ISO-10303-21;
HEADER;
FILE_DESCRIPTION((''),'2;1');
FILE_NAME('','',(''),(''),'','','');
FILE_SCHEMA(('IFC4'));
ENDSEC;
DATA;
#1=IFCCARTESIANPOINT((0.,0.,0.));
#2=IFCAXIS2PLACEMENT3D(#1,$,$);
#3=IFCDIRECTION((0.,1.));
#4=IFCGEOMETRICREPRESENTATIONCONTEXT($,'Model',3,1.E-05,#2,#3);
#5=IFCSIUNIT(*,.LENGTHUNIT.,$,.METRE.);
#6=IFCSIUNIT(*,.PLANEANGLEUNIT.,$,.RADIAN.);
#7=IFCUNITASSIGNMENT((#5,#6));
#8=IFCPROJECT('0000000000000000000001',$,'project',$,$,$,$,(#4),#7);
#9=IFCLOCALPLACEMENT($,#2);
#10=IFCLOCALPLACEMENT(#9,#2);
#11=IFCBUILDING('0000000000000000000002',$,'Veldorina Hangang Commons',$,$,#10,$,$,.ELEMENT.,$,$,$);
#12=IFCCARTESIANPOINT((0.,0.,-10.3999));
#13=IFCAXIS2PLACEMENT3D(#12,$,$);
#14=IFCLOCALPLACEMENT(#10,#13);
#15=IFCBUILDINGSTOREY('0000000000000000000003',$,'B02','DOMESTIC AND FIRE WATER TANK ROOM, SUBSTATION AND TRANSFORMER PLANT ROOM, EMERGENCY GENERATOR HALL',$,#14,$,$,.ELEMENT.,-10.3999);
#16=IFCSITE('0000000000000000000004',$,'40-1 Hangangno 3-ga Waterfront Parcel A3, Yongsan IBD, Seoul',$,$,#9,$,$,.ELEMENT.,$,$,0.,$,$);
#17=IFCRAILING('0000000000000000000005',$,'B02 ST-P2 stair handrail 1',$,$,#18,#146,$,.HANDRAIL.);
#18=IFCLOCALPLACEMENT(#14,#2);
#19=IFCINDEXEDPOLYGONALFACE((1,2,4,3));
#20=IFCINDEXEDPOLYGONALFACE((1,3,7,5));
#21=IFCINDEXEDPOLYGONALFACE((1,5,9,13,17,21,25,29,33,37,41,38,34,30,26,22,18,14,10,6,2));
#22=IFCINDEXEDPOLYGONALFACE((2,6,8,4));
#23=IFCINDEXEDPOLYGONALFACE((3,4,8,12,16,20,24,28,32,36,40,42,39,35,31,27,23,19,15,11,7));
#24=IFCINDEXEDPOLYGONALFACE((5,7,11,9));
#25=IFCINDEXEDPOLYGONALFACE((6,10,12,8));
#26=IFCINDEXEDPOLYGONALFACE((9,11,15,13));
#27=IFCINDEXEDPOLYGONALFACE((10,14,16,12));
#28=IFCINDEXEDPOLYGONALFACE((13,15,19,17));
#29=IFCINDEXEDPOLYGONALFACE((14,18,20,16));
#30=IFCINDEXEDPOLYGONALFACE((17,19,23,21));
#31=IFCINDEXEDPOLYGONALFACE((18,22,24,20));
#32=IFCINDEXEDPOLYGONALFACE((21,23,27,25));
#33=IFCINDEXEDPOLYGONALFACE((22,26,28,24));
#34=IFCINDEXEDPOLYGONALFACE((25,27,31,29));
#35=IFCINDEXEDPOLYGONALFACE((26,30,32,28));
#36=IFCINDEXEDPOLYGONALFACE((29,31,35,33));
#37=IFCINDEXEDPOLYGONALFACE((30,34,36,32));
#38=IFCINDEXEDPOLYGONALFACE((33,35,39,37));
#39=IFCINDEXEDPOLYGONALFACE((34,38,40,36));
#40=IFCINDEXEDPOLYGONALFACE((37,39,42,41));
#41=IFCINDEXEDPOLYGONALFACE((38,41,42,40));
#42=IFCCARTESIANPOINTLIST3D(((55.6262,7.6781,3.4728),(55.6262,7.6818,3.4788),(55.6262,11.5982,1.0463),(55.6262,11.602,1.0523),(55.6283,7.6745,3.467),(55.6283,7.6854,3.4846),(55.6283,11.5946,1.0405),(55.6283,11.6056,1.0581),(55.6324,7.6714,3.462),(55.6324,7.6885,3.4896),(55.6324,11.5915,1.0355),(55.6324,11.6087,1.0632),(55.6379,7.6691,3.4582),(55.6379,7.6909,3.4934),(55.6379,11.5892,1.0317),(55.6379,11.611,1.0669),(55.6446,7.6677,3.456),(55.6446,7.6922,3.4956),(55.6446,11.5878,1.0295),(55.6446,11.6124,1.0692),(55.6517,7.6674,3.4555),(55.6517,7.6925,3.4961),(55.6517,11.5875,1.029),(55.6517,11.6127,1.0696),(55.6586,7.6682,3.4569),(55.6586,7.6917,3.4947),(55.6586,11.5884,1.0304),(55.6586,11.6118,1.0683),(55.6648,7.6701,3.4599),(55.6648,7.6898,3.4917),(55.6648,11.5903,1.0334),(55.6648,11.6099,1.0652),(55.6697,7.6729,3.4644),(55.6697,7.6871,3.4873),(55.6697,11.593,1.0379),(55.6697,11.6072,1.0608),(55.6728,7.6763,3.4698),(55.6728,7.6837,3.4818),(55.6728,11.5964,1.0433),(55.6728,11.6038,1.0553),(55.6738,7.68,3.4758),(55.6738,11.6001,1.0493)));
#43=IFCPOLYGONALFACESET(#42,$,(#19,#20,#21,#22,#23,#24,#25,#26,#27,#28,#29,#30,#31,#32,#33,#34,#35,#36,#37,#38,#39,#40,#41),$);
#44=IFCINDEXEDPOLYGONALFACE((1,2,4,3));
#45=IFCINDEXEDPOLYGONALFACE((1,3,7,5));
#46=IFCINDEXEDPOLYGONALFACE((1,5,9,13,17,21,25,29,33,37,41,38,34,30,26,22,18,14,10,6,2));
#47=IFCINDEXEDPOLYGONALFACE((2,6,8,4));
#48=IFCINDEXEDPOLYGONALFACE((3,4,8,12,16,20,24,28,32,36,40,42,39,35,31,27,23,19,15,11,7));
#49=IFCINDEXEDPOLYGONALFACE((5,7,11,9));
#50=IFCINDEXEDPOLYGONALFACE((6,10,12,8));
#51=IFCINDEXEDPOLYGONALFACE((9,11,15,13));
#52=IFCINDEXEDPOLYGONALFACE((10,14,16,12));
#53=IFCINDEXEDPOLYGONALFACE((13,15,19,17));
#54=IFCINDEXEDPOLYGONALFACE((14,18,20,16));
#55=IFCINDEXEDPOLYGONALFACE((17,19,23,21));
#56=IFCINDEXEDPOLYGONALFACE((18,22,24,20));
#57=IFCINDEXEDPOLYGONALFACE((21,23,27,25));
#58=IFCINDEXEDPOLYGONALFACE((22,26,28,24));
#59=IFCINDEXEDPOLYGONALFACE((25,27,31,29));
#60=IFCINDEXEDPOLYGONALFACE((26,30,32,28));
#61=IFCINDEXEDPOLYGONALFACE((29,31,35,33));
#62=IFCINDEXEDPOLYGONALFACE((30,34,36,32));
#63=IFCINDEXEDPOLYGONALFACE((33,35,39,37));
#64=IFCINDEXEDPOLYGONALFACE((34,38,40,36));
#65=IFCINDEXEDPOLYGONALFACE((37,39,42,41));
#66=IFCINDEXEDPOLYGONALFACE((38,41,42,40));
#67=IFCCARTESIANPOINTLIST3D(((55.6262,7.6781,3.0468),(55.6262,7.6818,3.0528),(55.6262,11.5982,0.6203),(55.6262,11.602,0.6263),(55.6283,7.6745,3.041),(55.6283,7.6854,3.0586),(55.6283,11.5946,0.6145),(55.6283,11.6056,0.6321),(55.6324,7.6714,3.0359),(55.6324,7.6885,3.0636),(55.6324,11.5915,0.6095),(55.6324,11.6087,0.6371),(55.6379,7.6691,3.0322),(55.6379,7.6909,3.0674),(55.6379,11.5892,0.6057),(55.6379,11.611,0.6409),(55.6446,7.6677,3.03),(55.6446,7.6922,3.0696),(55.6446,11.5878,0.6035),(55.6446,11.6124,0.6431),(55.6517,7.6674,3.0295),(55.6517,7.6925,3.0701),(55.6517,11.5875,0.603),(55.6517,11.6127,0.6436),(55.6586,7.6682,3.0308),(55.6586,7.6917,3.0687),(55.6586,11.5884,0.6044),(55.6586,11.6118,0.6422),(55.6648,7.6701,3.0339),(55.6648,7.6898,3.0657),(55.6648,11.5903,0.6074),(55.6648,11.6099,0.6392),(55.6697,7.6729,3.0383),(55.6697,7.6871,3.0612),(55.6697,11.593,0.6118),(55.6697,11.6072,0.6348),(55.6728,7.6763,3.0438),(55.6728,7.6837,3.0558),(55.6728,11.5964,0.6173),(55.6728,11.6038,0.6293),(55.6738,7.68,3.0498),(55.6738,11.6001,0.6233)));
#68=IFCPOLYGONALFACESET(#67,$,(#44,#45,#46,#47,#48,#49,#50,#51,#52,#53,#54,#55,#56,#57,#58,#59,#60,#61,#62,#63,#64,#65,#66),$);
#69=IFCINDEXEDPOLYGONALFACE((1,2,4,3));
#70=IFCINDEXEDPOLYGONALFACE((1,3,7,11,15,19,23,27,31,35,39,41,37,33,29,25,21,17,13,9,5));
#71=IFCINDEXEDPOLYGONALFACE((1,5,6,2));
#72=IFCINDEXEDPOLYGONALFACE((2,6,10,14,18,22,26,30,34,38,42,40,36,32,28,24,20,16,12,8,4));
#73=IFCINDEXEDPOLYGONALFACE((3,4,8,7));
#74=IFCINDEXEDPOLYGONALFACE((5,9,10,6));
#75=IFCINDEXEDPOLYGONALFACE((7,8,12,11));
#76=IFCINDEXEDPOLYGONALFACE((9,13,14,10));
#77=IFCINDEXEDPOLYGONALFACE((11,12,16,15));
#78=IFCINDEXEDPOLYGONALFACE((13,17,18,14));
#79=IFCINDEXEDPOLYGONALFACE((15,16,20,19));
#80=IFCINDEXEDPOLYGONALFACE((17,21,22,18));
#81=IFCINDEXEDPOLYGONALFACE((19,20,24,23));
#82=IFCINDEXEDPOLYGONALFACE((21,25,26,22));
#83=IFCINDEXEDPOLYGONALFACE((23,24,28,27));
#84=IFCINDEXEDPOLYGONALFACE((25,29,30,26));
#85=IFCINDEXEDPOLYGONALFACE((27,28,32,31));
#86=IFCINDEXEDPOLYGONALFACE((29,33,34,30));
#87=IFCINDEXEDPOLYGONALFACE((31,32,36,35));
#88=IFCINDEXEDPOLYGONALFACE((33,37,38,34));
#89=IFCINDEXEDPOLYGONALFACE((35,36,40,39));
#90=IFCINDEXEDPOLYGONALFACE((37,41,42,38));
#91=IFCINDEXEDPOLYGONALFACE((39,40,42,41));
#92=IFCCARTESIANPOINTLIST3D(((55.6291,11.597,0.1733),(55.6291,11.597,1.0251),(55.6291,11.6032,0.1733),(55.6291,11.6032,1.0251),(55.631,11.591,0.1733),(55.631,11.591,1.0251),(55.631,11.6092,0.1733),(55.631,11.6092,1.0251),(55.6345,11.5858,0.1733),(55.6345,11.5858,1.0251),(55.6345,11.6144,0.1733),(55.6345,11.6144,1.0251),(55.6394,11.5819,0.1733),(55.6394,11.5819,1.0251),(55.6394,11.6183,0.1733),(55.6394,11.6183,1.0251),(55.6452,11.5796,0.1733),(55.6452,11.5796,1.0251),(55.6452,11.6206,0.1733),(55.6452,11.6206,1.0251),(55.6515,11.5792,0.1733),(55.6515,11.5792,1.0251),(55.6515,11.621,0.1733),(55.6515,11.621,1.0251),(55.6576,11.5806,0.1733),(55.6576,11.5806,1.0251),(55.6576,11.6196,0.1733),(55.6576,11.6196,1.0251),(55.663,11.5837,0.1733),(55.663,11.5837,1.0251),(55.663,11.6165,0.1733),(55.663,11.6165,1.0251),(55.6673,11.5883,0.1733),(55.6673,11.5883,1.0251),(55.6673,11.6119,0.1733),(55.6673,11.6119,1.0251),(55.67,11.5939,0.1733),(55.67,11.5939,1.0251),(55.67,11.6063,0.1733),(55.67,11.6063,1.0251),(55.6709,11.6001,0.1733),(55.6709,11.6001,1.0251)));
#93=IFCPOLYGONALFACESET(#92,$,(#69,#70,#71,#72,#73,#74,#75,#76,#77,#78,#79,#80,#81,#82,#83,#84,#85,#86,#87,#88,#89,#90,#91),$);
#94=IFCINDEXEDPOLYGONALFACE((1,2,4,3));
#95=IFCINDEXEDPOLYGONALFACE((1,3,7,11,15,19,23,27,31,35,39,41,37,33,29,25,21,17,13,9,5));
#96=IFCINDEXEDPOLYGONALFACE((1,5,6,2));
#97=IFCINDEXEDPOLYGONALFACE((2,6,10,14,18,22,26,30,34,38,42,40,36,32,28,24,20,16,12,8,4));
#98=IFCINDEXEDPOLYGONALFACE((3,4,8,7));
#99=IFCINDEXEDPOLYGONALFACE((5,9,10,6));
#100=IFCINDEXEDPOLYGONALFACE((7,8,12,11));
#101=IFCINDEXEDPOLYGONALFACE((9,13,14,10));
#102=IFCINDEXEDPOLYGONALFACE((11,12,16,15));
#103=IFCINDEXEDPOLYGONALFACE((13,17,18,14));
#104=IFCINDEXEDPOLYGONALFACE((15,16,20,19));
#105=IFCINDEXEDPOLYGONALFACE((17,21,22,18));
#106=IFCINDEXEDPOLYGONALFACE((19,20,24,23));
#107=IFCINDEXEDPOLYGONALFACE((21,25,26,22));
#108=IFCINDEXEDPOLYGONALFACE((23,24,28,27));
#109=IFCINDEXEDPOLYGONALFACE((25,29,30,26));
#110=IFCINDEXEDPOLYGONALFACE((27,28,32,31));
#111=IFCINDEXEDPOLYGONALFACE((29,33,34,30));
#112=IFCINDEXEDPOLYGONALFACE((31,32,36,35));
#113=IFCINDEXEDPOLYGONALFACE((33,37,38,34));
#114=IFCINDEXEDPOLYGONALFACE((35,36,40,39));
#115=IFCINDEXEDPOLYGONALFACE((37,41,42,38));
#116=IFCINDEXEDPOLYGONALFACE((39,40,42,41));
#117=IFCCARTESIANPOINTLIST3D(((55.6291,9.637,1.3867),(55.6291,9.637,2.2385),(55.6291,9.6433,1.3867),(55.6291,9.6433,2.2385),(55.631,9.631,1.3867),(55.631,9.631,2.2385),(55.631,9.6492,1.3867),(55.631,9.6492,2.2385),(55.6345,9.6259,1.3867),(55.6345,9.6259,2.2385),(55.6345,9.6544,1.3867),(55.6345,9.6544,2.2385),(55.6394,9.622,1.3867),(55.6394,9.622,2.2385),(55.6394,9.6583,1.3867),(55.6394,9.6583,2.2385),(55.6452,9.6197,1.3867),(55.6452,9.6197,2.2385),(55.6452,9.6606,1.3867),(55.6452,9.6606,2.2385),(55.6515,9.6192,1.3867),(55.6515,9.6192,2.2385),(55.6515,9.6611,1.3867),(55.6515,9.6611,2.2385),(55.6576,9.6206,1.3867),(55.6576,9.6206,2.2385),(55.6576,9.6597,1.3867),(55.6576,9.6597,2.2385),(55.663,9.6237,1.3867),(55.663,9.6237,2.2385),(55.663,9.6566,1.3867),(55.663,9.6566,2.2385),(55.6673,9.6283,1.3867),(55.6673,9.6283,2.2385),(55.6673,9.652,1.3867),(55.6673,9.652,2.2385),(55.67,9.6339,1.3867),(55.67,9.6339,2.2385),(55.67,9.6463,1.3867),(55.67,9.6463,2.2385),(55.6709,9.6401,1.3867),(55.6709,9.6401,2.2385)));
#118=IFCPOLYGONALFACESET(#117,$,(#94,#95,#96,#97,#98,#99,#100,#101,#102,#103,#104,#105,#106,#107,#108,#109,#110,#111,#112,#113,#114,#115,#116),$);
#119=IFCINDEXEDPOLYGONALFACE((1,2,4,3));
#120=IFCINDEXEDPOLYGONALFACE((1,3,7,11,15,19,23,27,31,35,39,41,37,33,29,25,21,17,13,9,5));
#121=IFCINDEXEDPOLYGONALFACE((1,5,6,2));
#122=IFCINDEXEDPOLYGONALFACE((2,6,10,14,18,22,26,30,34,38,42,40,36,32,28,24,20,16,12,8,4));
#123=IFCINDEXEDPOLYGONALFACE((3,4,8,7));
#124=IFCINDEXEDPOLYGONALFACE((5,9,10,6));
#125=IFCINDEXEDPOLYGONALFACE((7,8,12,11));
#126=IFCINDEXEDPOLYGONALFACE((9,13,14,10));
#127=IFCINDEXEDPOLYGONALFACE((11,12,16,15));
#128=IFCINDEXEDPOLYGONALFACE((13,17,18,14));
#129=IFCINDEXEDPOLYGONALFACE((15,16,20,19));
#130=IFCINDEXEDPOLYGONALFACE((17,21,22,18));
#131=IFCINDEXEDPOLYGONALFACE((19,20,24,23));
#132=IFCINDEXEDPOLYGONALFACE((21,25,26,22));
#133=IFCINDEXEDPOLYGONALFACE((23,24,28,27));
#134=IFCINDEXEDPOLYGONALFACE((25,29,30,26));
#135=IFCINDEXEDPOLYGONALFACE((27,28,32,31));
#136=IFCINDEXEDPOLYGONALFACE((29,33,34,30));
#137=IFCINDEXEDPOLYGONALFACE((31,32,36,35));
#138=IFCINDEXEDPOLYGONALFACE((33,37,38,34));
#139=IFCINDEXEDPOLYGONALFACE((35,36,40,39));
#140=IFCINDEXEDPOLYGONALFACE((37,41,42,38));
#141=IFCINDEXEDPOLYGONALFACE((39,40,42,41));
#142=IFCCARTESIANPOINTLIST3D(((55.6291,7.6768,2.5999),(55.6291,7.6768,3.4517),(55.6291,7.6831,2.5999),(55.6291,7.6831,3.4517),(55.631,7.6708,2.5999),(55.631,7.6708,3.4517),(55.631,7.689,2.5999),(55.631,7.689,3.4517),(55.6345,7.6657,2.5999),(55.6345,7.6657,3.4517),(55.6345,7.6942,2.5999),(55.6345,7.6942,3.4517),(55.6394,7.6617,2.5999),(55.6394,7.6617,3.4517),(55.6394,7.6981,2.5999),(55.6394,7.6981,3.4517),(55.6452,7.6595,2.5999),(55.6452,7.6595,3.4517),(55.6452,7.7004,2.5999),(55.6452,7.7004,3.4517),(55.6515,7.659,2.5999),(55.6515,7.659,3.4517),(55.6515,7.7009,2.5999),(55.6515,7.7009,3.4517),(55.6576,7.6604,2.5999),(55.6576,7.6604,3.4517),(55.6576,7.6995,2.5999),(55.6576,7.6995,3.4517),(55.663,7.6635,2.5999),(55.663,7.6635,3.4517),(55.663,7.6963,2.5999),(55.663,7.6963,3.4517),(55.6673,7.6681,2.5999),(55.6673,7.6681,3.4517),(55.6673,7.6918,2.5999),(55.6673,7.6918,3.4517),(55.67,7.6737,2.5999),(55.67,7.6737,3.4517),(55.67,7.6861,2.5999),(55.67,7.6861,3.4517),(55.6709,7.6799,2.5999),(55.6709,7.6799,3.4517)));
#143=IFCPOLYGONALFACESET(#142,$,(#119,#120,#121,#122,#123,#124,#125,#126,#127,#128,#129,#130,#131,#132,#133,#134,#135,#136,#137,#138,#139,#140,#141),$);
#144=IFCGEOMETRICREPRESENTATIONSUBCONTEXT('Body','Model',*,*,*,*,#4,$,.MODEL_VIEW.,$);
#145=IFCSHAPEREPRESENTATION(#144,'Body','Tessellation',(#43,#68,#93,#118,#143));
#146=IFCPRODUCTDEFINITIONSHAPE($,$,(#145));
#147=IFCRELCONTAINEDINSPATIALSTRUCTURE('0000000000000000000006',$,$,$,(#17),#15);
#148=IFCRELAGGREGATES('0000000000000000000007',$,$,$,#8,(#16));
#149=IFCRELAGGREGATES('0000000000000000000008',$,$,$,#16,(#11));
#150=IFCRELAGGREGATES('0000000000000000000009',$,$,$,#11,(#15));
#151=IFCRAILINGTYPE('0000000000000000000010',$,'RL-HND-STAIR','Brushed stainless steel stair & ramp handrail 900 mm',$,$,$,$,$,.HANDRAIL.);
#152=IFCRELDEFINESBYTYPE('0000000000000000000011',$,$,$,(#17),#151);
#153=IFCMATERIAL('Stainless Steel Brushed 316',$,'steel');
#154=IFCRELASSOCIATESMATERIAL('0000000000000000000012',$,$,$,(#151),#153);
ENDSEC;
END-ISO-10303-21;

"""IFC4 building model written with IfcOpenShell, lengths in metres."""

from ifc_helpers import new_model, si_unit, direction, frame, origin, origin_2d, place, context, subcontext, project, spatial, circle, extrude, material, type_object, element, save


model = new_model("IFC4")

# Units and contexts
model_context = context("Model", 3, precision=1e-05, world=origin(), true_north=direction((0.0, 1.0)))
body_context = subcontext(model_context, "Body", "Model", "MODEL_VIEW")
ifc_project = project(units=[si_unit("LENGTHUNIT", "METRE"), si_unit("PLANEANGLEUNIT", "RADIAN")], contexts=[model_context])

# Site, building, storey
site_placement = place(None, origin())
site = spatial("IfcSite", under=ifc_project, at=site_placement, Name="40-1 Hangangno 3-ga Waterfront Parcel A3, Yongsan IBD, Seoul", CompositionType="ELEMENT", RefElevation=0.0)
building_placement = place(site_placement, origin())
building = spatial("IfcBuilding", under=site, at=building_placement, Name="Veldorina Hangang Commons", CompositionType="ELEMENT")
storey_placement = place(building_placement, frame((0.0, 0.0, -10.3999)))
storey = spatial("IfcBuildingStorey", under=building, at=storey_placement, Name="B02", Description="DOMESTIC AND FIRE WATER TANK ROOM, SUBSTATION AND TRANSFORMER PLANT ROOM, EMERGENCY GENERATOR HALL", CompositionType="ELEMENT", Elevation=-10.3999)

# Railing
ifc_material_1 = material(Name="Stainless Steel Brushed 316", Category="steel")
railing_type_1 = type_object("IfcRailingType", Name="RL-HND-STAIR", Description="Brushed stainless steel stair & ramp handrail 900 mm", PredefinedType="HANDRAIL", material=ifc_material_1)
railing_1_placement = place(storey_placement, frame((55.6499, 11.6001, 0.1733)))
element("IfcRailing", 1, at=railing_1_placement, inside=storey, type_object=railing_type_1, Name="B02 ST-P2 stair handrail 1", PredefinedType="HANDRAIL", context=body_context, shape_type="SweptSolid", body=[
    extrude(circle(Radius=0.0239, at=origin_2d()), frame((0.0, 0.0, 0.876), z_axis=(0.0, -0.85029, 0.526315), x_axis=(1.0, 0.0, 0.0)), (0.0, 0.0, 1.0), 4.6104),
    extrude(circle(Radius=0.0239, at=origin_2d()), frame((0.0, 0.0, 0.45), z_axis=(0.0, -0.85029, 0.526315), x_axis=(1.0, 0.0, 0.0)), (0.0, 0.0, 1.0), 4.6104),
    extrude(circle(Radius=0.021, at=origin_2d()), origin(), (0.0, 0.0, 1.0), 0.8518),
    extrude(circle(Radius=0.021, at=origin_2d()), frame((0.0, -1.96, 1.2134)), (0.0, 0.0, 1.0), 0.8518),
    extrude(circle(Radius=0.021, at=origin_2d()), frame((0.0, -3.9202, 2.4265)), (0.0, 0.0, 1.0), 0.8518),
])

save(model, "model.ifc")
